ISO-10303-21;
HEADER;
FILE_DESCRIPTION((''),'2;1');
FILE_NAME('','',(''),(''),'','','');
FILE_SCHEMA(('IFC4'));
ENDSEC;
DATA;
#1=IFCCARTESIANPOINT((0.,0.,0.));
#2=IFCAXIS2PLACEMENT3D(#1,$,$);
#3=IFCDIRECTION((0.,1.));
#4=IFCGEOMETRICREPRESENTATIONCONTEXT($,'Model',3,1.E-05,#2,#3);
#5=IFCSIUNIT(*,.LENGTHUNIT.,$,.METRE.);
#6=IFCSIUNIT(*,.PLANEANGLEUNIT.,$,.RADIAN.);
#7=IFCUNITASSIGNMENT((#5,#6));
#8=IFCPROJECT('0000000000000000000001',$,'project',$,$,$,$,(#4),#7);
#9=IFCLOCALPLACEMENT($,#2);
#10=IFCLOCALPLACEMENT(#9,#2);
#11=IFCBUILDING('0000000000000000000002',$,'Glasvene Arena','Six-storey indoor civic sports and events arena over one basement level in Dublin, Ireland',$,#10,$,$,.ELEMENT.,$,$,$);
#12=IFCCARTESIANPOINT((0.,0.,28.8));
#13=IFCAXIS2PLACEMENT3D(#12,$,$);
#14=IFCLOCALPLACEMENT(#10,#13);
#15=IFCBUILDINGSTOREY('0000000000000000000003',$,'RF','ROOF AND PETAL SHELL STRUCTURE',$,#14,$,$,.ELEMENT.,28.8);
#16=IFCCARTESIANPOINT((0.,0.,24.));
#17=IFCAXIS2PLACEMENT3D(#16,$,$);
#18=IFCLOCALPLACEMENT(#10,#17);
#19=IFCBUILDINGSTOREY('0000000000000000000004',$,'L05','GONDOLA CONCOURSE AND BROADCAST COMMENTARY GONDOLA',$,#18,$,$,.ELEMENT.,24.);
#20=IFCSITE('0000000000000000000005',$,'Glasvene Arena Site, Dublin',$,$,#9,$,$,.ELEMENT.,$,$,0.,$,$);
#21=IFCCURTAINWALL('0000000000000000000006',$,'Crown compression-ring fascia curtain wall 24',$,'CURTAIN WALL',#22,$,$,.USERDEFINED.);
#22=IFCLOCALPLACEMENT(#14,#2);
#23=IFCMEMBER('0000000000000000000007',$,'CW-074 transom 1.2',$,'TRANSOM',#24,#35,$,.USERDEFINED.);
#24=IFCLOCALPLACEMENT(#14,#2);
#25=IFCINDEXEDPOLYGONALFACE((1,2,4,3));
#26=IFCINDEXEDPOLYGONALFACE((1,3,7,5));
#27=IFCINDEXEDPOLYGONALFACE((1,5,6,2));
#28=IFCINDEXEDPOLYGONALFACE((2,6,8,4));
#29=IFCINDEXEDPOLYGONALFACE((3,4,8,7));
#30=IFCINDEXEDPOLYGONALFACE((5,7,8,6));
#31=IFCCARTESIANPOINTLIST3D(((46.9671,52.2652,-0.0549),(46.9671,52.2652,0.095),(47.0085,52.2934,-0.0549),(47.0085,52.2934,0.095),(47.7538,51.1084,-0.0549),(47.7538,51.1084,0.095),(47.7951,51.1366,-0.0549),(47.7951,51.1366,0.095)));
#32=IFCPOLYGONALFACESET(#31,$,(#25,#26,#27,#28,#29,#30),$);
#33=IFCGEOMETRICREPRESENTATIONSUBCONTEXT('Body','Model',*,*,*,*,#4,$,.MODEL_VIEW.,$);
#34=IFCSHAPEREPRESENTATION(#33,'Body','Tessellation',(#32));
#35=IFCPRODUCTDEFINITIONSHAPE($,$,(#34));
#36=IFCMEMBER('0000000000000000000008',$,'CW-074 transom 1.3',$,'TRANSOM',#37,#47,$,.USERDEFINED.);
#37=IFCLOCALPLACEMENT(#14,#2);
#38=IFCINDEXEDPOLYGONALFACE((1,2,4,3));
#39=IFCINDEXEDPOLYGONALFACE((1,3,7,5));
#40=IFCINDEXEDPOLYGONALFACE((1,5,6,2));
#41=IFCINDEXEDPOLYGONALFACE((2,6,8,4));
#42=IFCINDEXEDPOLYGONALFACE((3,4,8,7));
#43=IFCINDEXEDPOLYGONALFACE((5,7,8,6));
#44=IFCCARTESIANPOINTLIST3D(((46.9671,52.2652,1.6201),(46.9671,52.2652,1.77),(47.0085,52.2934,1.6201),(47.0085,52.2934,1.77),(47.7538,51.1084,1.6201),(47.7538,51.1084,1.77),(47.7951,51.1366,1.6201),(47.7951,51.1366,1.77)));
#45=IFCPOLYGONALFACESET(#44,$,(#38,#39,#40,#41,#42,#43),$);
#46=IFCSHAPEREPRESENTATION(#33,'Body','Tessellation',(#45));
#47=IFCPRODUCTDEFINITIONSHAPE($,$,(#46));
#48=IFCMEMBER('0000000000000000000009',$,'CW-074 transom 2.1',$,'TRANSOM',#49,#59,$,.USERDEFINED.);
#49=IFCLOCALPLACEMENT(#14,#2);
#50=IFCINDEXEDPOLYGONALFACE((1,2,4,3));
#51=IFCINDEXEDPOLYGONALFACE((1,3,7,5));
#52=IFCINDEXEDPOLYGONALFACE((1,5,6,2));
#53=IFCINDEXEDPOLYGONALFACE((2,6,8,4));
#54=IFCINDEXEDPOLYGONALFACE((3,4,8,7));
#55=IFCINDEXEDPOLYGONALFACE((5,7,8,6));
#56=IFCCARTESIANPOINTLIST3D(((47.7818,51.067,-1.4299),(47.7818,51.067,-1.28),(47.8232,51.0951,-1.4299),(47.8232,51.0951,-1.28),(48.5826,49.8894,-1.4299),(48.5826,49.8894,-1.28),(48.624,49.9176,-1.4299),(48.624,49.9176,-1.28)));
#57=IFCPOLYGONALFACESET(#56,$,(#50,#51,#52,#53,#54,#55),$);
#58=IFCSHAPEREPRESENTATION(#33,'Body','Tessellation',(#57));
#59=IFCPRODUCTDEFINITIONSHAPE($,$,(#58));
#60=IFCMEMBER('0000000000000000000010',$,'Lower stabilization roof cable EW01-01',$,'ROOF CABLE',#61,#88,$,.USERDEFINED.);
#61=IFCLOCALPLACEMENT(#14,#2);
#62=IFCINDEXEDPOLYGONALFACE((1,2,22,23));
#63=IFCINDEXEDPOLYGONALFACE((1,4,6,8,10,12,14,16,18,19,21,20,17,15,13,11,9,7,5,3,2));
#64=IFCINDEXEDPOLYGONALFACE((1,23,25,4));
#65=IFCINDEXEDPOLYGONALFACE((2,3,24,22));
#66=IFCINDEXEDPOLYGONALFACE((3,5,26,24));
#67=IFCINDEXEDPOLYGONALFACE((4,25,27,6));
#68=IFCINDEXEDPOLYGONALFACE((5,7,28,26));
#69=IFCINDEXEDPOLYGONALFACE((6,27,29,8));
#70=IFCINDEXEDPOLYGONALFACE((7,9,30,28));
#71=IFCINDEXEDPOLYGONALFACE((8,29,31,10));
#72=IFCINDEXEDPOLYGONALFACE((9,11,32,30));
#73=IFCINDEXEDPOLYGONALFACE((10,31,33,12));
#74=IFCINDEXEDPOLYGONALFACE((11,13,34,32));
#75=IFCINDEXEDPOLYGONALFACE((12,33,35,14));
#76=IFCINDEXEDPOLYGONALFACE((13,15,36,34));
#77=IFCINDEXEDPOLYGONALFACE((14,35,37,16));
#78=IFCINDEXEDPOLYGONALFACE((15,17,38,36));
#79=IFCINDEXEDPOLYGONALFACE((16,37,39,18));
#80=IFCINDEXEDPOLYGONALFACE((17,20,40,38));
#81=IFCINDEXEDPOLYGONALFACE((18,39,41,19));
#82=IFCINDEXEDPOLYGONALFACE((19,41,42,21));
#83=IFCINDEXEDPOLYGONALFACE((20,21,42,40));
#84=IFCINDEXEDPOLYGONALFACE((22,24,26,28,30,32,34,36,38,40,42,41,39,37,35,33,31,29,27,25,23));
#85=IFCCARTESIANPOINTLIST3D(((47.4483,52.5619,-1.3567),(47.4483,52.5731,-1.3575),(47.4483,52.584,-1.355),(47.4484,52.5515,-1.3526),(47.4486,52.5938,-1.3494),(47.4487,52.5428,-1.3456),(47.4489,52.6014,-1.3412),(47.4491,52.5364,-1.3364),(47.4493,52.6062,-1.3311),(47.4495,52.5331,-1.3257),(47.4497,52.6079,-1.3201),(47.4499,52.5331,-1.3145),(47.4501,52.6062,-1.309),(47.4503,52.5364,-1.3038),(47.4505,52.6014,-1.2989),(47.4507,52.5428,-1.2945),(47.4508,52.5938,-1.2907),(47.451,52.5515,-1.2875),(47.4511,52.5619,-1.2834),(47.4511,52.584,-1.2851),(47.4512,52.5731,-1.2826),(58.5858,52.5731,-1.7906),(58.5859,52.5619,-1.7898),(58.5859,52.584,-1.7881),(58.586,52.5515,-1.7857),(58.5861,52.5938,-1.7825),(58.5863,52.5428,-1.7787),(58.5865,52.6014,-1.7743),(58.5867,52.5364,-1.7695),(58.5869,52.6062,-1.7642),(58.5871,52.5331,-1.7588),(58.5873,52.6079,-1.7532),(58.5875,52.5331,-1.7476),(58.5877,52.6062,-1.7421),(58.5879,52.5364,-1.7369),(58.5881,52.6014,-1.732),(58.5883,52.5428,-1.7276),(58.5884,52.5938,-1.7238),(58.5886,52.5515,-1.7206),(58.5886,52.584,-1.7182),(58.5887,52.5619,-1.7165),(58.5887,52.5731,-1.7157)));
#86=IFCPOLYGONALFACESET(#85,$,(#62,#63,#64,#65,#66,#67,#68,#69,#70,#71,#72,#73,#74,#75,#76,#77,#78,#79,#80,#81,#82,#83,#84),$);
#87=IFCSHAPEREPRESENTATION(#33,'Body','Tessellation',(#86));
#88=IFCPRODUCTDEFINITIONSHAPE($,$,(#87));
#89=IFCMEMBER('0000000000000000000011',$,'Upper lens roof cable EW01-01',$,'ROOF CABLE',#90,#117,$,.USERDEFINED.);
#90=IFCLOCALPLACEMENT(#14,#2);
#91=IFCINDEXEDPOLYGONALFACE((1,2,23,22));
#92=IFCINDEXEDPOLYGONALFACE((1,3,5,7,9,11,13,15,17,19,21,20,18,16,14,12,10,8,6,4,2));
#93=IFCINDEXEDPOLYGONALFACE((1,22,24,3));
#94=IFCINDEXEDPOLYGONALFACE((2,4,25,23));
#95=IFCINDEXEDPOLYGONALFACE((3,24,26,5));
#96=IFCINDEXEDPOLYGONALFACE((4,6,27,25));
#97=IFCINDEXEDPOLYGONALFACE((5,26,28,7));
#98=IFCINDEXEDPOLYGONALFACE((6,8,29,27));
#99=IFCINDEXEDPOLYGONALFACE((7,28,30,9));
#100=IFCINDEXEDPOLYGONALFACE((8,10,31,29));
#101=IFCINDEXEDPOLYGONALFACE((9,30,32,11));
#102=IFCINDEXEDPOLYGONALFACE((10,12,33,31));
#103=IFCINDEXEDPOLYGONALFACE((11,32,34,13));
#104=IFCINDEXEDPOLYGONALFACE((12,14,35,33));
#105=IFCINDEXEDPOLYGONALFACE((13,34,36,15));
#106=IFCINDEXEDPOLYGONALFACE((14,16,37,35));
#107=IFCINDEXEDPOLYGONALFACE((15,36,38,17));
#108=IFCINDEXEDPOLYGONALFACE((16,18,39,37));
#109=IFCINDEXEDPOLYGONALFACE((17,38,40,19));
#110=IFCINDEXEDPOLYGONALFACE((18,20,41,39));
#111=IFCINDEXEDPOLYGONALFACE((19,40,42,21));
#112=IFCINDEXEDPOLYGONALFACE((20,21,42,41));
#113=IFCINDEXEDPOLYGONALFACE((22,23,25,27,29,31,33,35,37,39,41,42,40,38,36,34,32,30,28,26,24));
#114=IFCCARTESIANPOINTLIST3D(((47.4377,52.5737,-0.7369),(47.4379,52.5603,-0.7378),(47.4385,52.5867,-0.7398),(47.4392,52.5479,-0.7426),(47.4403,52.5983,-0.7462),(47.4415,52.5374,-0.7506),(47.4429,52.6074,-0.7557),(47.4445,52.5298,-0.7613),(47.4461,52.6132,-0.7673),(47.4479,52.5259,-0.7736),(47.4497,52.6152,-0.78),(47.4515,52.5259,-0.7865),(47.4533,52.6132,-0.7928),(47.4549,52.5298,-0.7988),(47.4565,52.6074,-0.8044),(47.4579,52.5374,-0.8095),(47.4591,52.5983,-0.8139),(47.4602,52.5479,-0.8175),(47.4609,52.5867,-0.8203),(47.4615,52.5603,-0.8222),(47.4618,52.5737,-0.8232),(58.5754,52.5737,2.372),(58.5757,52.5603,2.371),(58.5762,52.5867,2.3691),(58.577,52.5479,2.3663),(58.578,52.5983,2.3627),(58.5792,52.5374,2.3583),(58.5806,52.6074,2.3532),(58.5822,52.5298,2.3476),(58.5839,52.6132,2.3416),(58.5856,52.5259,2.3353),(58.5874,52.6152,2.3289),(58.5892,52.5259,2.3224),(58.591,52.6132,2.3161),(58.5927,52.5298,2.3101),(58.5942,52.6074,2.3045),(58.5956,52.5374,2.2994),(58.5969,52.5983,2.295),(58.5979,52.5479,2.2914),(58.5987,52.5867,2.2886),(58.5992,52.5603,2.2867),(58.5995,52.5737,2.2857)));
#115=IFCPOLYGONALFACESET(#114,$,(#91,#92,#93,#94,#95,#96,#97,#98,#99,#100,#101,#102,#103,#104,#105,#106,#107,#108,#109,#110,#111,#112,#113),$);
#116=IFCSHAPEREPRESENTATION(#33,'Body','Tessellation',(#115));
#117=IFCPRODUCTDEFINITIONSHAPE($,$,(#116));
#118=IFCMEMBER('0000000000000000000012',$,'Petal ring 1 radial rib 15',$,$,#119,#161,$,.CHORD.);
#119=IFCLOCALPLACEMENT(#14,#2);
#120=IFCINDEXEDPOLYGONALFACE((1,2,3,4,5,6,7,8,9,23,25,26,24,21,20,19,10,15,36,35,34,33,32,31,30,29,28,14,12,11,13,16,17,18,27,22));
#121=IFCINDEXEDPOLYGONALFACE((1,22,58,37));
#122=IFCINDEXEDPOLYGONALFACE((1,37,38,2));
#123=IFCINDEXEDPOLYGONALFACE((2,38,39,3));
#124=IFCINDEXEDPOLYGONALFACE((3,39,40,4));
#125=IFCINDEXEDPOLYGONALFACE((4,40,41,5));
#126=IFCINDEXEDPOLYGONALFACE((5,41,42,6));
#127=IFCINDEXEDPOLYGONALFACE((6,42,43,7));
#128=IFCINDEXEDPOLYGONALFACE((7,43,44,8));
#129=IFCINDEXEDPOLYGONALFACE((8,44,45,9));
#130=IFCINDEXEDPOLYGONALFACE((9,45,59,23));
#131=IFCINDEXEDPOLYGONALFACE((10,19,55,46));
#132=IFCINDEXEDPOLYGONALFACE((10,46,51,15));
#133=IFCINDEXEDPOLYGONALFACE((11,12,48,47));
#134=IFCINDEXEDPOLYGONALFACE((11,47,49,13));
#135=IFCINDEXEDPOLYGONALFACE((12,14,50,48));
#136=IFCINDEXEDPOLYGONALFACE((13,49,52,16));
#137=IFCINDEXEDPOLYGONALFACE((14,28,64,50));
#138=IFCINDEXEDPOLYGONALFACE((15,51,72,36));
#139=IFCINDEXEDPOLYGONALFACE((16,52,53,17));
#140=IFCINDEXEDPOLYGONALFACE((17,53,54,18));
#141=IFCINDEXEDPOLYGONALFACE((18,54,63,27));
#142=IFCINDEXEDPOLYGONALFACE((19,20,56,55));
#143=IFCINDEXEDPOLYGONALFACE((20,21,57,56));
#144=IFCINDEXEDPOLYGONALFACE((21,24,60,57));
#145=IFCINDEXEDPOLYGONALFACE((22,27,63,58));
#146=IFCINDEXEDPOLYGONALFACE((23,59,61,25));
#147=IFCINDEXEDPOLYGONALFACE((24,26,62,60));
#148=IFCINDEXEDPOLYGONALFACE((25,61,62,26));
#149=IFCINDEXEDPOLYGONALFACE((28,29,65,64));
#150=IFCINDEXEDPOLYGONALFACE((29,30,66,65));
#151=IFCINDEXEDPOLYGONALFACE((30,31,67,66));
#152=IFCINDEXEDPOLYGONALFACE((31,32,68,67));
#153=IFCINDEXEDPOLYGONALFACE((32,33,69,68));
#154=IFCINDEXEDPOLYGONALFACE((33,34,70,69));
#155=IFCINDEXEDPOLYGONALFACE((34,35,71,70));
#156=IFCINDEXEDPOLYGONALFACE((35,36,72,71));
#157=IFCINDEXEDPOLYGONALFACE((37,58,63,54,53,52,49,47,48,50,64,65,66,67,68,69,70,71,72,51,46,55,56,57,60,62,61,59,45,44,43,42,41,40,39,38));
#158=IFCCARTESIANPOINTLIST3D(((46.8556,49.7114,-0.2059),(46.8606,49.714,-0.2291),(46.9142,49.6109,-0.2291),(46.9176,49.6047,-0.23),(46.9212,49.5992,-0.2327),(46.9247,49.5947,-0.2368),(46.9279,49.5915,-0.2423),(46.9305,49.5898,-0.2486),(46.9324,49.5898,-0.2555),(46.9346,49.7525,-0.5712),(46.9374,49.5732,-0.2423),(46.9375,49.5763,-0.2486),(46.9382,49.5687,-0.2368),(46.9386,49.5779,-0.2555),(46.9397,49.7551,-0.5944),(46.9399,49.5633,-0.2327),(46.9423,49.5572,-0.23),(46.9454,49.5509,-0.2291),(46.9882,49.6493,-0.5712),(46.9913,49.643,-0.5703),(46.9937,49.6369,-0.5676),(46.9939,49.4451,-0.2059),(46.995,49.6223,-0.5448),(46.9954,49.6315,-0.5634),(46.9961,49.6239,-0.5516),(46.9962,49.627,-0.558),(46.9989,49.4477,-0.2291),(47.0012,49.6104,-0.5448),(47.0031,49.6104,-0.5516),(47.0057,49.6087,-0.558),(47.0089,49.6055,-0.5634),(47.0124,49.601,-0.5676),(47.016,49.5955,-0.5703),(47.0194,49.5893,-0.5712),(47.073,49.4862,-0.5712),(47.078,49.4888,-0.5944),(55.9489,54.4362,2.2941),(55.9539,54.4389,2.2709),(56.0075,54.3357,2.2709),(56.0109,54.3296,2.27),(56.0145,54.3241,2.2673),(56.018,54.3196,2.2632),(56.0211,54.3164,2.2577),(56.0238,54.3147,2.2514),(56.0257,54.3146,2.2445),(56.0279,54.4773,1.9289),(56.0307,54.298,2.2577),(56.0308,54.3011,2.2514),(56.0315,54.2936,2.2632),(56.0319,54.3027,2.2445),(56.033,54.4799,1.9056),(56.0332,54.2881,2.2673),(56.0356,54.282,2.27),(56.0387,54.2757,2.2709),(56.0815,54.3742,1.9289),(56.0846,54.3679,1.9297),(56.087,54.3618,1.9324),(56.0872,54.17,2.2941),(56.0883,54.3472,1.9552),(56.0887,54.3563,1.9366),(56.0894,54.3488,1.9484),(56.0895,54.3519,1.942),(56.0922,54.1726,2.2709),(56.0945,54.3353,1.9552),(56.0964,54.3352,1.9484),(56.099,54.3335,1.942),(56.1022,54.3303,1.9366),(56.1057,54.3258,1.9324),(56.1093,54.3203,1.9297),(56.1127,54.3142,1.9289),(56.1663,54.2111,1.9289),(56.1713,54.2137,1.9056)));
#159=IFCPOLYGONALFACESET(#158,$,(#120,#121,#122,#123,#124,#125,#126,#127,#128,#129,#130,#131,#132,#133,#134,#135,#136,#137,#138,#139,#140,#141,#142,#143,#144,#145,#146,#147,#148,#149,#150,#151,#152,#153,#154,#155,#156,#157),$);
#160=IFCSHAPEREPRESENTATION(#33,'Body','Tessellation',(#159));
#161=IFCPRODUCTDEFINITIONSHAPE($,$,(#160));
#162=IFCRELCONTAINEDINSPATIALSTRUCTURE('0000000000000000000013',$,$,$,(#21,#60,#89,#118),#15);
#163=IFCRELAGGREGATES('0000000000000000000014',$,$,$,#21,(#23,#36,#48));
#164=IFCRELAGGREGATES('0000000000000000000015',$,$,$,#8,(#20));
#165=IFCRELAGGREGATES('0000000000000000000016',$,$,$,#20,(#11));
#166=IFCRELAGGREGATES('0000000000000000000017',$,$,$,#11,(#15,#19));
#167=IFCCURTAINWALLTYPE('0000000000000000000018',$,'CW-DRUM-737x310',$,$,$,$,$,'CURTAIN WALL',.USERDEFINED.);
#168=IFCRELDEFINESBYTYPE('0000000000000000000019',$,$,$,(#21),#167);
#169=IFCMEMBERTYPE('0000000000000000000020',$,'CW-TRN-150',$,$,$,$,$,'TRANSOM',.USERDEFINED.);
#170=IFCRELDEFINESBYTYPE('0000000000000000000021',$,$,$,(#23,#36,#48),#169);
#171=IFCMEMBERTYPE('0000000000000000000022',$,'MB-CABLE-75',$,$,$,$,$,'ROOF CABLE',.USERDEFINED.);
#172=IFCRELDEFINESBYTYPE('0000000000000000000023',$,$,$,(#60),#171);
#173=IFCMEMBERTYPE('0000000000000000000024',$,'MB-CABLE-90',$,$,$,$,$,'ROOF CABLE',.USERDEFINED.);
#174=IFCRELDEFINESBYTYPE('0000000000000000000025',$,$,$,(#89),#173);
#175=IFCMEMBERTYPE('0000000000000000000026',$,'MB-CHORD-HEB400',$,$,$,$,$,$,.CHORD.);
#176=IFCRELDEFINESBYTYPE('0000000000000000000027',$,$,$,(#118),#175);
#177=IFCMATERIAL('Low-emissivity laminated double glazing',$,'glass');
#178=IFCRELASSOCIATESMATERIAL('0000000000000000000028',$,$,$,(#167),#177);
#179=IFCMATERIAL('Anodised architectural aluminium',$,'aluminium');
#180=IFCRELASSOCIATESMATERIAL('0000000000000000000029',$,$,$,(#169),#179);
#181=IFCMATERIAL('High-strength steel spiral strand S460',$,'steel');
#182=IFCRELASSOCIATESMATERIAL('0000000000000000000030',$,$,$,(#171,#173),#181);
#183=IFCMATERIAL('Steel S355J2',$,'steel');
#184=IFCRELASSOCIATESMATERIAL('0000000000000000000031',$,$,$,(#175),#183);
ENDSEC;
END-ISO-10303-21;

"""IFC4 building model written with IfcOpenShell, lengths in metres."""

from ifc_helpers import new_model, si_unit, direction, frame, origin, origin_2d, place, context, subcontext, project, spatial, rectangle, circle, i_section, extrude, material, material_profile, profile_set, type_object, element, aggregate, save


model = new_model("IFC4")

# Units and contexts
model_context = context("Model", 3, precision=1e-05, world=origin(), true_north=direction((0.0, 1.0)))
body_context = subcontext(model_context, "Body", "Model", "MODEL_VIEW")
ifc_project = project(units=[si_unit("LENGTHUNIT", "METRE"), si_unit("PLANEANGLEUNIT", "RADIAN")], contexts=[model_context])

# Site, building, storey
site_placement = place(None, origin())
site = spatial("IfcSite", under=ifc_project, at=site_placement, Name="Glasvene Arena Site, Dublin", CompositionType="ELEMENT", RefElevation=0.0)
building_placement = place(site_placement, origin())
building = spatial("IfcBuilding", under=site, at=building_placement, Name="Glasvene Arena", Description="Six-storey indoor civic sports and events arena over one basement level in Dublin, Ireland", CompositionType="ELEMENT")
storey_1_placement = place(building_placement, frame((0.0, 0.0, 28.8)))
storey_1 = spatial("IfcBuildingStorey", under=building, at=storey_1_placement, Name="RF", Description="ROOF AND PETAL SHELL STRUCTURE", CompositionType="ELEMENT", Elevation=28.8)

# Shared definitions
ifc_material_1 = material(Name="Steel S355J2", Category="steel")

# Curtain wall
ifc_material_2 = material(Name="Low-emissivity laminated double glazing", Category="glass")
ifc_material_3 = material(Name="Anodised architectural aluminium", Category="aluminium")
curtain_wall_type_1 = type_object("IfcCurtainWallType", Name="CW-DRUM-737x310", ElementType="CURTAIN WALL", PredefinedType="USERDEFINED", material=ifc_material_2)
curtain_wall_1_placement = place(storey_1_placement, frame((46.9597, 52.3208, 0.0)))
curtain_wall_1 = element("IfcCurtainWall", 1, at=curtain_wall_1_placement, inside=storey_1, type_object=curtain_wall_type_1, Name="Crown compression-ring fascia curtain wall 24", ObjectType="CURTAIN WALL", PredefinedType="USERDEFINED")

# Members
ifc_material_profile_1 = material_profile(ifc_material_3, rectangle(XDim=0.05, YDim=0.1499, at=origin_2d()), Name="ALU TRANSOM 50x150")
ifc_profile_set_1 = profile_set([ifc_material_profile_1], Name="Anodised architectural aluminium")
member_type_1 = type_object("IfcMemberType", Name="CW-TRN-150", ElementType="TRANSOM", PredefinedType="USERDEFINED", material=ifc_profile_set_1)
member_1_placement = place(storey_1_placement, frame((46.9878, 52.2793, 0.02), z_axis=(0.562329, -0.826914, 0.0), x_axis=(0.826914, 0.562329, 0.0)))
member_1 = element("IfcMember", 2, at=member_1_placement, type_object=member_type_1, Name="CW-074 transom 1.2", ObjectType="TRANSOM", PredefinedType="USERDEFINED", context=body_context, shape_type="SweptSolid", body=[
    extrude(rectangle(XDim=0.05, YDim=0.1499, at=origin_2d()), origin(), (0.0, 0.0, 1.0), 1.3989),
])
member_2_placement = place(storey_1_placement, frame((46.9878, 52.2793, 1.6951), z_axis=(0.562329, -0.826914, 0.0), x_axis=(0.826914, 0.562329, 0.0)))
member_2 = element("IfcMember", 3, at=member_2_placement, type_object=member_type_1, Name="CW-074 transom 1.3", ObjectType="TRANSOM", PredefinedType="USERDEFINED", context=body_context, shape_type="SweptSolid", body=[
    extrude(rectangle(XDim=0.05, YDim=0.1499, at=origin_2d()), origin(), (0.0, 0.0, 1.0), 1.3989),
])
member_3_placement = place(storey_1_placement, frame((47.8025, 51.0811, -1.355), z_axis=(0.562352, -0.826898, 0.0), x_axis=(0.826898, 0.562352, 0.0)))
member_3 = element("IfcMember", 4, at=member_3_placement, type_object=member_type_1, Name="CW-074 transom 2.1", ObjectType="TRANSOM", PredefinedType="USERDEFINED", context=body_context, shape_type="SweptSolid", body=[
    extrude(rectangle(XDim=0.05, YDim=0.1499, at=origin_2d()), origin(), (0.0, 0.0, 1.0), 1.4241),
])

# Members
ifc_material_4 = material(Name="High-strength steel spiral strand S460", Category="steel")
ifc_material_profile_2 = material_profile(ifc_material_4, circle(Radius=0.0376, at=origin_2d()), Name="LCSS D75")
ifc_profile_set_2 = profile_set([ifc_material_profile_2], Name="High-strength steel spiral strand S460")
member_type_2 = type_object("IfcMemberType", Name="MB-CABLE-75", ElementType="ROOF CABLE", PredefinedType="USERDEFINED", material=ifc_profile_set_2)
member_4_placement = place(storey_1_placement, frame((47.4497, 52.5703, -1.3201), z_axis=(0.999245, 0.0, -0.038857), x_axis=(0.0, 1.0, 0.0)))
element("IfcMember", 5, at=member_4_placement, inside=storey_1, type_object=member_type_2, Name="Lower stabilization roof cable EW01-01", ObjectType="ROOF CABLE", PredefinedType="USERDEFINED", context=body_context, shape_type="SweptSolid", body=[
    extrude(circle(Radius=0.0376, at=origin_2d()), origin(), (0.0, 0.0, 1.0), 11.146),
])
ifc_material_profile_3 = material_profile(ifc_material_4, circle(Radius=0.0449, at=origin_2d()), Name="LCSS D90")
ifc_profile_set_3 = profile_set([ifc_material_profile_3], Name="High-strength steel spiral strand S460")
member_type_3 = type_object("IfcMemberType", Name="MB-CABLE-90", ElementType="ROOF CABLE", PredefinedType="USERDEFINED", material=ifc_profile_set_3)
member_5_placement = place(storey_1_placement, frame((47.4497, 52.5703, -0.78), z_axis=(0.963181, 0.0, 0.268855), x_axis=(0.0, 1.0, 0.0)))
element("IfcMember", 6, at=member_5_placement, inside=storey_1, type_object=member_type_3, Name="Upper lens roof cable EW01-01", ObjectType="ROOF CABLE", PredefinedType="USERDEFINED", context=body_context, shape_type="SweptSolid", body=[
    extrude(circle(Radius=0.0449, at=origin_2d()), origin(), (0.0, 0.0, 1.0), 11.5635),
])
ifc_material_profile_4 = material_profile(ifc_material_1, i_section(OverallWidth=0.3, OverallDepth=0.3999, WebThickness=0.0134, FlangeThickness=0.0239, FilletRadius=0.0271, at=origin_2d()), Name="HEB 400")
ifc_profile_set_4 = profile_set([ifc_material_profile_4], Name="Steel S355J2")
member_type_4 = type_object("IfcMemberType", Name="MB-CHORD-HEB400", PredefinedType="CHORD", material=ifc_profile_set_4)
member_6_placement = place(storey_1_placement, frame((46.9668, 49.6001, -0.4001), z_axis=(0.862079, 0.447936, 0.23701), x_axis=(-0.461073, 0.887362, 0.0)))
element("IfcMember", 7, at=member_6_placement, inside=storey_1, type_object=member_type_4, Name="Petal ring 1 radial rib 15", PredefinedType="CHORD", context=body_context, shape_type="SweptSolid", body=[
    extrude(i_section(OverallWidth=0.3, OverallDepth=0.3999, WebThickness=0.0134, FlangeThickness=0.0239, FilletRadius=0.0271, at=origin_2d()), origin(), (0.0, 0.0, 1.0), 10.5481),
])

aggregate(curtain_wall_1, [member_1, member_2, member_3])

# Shared definitions
storey_2_placement = place(building_placement, frame((0.0, 0.0, 24.0)))
storey_2 = spatial("IfcBuildingStorey", under=building, at=storey_2_placement, Name="L05", Description="GONDOLA CONCOURSE AND BROADCAST COMMENTARY GONDOLA", CompositionType="ELEMENT", Elevation=24.0)

save(model, "model.ifc")
